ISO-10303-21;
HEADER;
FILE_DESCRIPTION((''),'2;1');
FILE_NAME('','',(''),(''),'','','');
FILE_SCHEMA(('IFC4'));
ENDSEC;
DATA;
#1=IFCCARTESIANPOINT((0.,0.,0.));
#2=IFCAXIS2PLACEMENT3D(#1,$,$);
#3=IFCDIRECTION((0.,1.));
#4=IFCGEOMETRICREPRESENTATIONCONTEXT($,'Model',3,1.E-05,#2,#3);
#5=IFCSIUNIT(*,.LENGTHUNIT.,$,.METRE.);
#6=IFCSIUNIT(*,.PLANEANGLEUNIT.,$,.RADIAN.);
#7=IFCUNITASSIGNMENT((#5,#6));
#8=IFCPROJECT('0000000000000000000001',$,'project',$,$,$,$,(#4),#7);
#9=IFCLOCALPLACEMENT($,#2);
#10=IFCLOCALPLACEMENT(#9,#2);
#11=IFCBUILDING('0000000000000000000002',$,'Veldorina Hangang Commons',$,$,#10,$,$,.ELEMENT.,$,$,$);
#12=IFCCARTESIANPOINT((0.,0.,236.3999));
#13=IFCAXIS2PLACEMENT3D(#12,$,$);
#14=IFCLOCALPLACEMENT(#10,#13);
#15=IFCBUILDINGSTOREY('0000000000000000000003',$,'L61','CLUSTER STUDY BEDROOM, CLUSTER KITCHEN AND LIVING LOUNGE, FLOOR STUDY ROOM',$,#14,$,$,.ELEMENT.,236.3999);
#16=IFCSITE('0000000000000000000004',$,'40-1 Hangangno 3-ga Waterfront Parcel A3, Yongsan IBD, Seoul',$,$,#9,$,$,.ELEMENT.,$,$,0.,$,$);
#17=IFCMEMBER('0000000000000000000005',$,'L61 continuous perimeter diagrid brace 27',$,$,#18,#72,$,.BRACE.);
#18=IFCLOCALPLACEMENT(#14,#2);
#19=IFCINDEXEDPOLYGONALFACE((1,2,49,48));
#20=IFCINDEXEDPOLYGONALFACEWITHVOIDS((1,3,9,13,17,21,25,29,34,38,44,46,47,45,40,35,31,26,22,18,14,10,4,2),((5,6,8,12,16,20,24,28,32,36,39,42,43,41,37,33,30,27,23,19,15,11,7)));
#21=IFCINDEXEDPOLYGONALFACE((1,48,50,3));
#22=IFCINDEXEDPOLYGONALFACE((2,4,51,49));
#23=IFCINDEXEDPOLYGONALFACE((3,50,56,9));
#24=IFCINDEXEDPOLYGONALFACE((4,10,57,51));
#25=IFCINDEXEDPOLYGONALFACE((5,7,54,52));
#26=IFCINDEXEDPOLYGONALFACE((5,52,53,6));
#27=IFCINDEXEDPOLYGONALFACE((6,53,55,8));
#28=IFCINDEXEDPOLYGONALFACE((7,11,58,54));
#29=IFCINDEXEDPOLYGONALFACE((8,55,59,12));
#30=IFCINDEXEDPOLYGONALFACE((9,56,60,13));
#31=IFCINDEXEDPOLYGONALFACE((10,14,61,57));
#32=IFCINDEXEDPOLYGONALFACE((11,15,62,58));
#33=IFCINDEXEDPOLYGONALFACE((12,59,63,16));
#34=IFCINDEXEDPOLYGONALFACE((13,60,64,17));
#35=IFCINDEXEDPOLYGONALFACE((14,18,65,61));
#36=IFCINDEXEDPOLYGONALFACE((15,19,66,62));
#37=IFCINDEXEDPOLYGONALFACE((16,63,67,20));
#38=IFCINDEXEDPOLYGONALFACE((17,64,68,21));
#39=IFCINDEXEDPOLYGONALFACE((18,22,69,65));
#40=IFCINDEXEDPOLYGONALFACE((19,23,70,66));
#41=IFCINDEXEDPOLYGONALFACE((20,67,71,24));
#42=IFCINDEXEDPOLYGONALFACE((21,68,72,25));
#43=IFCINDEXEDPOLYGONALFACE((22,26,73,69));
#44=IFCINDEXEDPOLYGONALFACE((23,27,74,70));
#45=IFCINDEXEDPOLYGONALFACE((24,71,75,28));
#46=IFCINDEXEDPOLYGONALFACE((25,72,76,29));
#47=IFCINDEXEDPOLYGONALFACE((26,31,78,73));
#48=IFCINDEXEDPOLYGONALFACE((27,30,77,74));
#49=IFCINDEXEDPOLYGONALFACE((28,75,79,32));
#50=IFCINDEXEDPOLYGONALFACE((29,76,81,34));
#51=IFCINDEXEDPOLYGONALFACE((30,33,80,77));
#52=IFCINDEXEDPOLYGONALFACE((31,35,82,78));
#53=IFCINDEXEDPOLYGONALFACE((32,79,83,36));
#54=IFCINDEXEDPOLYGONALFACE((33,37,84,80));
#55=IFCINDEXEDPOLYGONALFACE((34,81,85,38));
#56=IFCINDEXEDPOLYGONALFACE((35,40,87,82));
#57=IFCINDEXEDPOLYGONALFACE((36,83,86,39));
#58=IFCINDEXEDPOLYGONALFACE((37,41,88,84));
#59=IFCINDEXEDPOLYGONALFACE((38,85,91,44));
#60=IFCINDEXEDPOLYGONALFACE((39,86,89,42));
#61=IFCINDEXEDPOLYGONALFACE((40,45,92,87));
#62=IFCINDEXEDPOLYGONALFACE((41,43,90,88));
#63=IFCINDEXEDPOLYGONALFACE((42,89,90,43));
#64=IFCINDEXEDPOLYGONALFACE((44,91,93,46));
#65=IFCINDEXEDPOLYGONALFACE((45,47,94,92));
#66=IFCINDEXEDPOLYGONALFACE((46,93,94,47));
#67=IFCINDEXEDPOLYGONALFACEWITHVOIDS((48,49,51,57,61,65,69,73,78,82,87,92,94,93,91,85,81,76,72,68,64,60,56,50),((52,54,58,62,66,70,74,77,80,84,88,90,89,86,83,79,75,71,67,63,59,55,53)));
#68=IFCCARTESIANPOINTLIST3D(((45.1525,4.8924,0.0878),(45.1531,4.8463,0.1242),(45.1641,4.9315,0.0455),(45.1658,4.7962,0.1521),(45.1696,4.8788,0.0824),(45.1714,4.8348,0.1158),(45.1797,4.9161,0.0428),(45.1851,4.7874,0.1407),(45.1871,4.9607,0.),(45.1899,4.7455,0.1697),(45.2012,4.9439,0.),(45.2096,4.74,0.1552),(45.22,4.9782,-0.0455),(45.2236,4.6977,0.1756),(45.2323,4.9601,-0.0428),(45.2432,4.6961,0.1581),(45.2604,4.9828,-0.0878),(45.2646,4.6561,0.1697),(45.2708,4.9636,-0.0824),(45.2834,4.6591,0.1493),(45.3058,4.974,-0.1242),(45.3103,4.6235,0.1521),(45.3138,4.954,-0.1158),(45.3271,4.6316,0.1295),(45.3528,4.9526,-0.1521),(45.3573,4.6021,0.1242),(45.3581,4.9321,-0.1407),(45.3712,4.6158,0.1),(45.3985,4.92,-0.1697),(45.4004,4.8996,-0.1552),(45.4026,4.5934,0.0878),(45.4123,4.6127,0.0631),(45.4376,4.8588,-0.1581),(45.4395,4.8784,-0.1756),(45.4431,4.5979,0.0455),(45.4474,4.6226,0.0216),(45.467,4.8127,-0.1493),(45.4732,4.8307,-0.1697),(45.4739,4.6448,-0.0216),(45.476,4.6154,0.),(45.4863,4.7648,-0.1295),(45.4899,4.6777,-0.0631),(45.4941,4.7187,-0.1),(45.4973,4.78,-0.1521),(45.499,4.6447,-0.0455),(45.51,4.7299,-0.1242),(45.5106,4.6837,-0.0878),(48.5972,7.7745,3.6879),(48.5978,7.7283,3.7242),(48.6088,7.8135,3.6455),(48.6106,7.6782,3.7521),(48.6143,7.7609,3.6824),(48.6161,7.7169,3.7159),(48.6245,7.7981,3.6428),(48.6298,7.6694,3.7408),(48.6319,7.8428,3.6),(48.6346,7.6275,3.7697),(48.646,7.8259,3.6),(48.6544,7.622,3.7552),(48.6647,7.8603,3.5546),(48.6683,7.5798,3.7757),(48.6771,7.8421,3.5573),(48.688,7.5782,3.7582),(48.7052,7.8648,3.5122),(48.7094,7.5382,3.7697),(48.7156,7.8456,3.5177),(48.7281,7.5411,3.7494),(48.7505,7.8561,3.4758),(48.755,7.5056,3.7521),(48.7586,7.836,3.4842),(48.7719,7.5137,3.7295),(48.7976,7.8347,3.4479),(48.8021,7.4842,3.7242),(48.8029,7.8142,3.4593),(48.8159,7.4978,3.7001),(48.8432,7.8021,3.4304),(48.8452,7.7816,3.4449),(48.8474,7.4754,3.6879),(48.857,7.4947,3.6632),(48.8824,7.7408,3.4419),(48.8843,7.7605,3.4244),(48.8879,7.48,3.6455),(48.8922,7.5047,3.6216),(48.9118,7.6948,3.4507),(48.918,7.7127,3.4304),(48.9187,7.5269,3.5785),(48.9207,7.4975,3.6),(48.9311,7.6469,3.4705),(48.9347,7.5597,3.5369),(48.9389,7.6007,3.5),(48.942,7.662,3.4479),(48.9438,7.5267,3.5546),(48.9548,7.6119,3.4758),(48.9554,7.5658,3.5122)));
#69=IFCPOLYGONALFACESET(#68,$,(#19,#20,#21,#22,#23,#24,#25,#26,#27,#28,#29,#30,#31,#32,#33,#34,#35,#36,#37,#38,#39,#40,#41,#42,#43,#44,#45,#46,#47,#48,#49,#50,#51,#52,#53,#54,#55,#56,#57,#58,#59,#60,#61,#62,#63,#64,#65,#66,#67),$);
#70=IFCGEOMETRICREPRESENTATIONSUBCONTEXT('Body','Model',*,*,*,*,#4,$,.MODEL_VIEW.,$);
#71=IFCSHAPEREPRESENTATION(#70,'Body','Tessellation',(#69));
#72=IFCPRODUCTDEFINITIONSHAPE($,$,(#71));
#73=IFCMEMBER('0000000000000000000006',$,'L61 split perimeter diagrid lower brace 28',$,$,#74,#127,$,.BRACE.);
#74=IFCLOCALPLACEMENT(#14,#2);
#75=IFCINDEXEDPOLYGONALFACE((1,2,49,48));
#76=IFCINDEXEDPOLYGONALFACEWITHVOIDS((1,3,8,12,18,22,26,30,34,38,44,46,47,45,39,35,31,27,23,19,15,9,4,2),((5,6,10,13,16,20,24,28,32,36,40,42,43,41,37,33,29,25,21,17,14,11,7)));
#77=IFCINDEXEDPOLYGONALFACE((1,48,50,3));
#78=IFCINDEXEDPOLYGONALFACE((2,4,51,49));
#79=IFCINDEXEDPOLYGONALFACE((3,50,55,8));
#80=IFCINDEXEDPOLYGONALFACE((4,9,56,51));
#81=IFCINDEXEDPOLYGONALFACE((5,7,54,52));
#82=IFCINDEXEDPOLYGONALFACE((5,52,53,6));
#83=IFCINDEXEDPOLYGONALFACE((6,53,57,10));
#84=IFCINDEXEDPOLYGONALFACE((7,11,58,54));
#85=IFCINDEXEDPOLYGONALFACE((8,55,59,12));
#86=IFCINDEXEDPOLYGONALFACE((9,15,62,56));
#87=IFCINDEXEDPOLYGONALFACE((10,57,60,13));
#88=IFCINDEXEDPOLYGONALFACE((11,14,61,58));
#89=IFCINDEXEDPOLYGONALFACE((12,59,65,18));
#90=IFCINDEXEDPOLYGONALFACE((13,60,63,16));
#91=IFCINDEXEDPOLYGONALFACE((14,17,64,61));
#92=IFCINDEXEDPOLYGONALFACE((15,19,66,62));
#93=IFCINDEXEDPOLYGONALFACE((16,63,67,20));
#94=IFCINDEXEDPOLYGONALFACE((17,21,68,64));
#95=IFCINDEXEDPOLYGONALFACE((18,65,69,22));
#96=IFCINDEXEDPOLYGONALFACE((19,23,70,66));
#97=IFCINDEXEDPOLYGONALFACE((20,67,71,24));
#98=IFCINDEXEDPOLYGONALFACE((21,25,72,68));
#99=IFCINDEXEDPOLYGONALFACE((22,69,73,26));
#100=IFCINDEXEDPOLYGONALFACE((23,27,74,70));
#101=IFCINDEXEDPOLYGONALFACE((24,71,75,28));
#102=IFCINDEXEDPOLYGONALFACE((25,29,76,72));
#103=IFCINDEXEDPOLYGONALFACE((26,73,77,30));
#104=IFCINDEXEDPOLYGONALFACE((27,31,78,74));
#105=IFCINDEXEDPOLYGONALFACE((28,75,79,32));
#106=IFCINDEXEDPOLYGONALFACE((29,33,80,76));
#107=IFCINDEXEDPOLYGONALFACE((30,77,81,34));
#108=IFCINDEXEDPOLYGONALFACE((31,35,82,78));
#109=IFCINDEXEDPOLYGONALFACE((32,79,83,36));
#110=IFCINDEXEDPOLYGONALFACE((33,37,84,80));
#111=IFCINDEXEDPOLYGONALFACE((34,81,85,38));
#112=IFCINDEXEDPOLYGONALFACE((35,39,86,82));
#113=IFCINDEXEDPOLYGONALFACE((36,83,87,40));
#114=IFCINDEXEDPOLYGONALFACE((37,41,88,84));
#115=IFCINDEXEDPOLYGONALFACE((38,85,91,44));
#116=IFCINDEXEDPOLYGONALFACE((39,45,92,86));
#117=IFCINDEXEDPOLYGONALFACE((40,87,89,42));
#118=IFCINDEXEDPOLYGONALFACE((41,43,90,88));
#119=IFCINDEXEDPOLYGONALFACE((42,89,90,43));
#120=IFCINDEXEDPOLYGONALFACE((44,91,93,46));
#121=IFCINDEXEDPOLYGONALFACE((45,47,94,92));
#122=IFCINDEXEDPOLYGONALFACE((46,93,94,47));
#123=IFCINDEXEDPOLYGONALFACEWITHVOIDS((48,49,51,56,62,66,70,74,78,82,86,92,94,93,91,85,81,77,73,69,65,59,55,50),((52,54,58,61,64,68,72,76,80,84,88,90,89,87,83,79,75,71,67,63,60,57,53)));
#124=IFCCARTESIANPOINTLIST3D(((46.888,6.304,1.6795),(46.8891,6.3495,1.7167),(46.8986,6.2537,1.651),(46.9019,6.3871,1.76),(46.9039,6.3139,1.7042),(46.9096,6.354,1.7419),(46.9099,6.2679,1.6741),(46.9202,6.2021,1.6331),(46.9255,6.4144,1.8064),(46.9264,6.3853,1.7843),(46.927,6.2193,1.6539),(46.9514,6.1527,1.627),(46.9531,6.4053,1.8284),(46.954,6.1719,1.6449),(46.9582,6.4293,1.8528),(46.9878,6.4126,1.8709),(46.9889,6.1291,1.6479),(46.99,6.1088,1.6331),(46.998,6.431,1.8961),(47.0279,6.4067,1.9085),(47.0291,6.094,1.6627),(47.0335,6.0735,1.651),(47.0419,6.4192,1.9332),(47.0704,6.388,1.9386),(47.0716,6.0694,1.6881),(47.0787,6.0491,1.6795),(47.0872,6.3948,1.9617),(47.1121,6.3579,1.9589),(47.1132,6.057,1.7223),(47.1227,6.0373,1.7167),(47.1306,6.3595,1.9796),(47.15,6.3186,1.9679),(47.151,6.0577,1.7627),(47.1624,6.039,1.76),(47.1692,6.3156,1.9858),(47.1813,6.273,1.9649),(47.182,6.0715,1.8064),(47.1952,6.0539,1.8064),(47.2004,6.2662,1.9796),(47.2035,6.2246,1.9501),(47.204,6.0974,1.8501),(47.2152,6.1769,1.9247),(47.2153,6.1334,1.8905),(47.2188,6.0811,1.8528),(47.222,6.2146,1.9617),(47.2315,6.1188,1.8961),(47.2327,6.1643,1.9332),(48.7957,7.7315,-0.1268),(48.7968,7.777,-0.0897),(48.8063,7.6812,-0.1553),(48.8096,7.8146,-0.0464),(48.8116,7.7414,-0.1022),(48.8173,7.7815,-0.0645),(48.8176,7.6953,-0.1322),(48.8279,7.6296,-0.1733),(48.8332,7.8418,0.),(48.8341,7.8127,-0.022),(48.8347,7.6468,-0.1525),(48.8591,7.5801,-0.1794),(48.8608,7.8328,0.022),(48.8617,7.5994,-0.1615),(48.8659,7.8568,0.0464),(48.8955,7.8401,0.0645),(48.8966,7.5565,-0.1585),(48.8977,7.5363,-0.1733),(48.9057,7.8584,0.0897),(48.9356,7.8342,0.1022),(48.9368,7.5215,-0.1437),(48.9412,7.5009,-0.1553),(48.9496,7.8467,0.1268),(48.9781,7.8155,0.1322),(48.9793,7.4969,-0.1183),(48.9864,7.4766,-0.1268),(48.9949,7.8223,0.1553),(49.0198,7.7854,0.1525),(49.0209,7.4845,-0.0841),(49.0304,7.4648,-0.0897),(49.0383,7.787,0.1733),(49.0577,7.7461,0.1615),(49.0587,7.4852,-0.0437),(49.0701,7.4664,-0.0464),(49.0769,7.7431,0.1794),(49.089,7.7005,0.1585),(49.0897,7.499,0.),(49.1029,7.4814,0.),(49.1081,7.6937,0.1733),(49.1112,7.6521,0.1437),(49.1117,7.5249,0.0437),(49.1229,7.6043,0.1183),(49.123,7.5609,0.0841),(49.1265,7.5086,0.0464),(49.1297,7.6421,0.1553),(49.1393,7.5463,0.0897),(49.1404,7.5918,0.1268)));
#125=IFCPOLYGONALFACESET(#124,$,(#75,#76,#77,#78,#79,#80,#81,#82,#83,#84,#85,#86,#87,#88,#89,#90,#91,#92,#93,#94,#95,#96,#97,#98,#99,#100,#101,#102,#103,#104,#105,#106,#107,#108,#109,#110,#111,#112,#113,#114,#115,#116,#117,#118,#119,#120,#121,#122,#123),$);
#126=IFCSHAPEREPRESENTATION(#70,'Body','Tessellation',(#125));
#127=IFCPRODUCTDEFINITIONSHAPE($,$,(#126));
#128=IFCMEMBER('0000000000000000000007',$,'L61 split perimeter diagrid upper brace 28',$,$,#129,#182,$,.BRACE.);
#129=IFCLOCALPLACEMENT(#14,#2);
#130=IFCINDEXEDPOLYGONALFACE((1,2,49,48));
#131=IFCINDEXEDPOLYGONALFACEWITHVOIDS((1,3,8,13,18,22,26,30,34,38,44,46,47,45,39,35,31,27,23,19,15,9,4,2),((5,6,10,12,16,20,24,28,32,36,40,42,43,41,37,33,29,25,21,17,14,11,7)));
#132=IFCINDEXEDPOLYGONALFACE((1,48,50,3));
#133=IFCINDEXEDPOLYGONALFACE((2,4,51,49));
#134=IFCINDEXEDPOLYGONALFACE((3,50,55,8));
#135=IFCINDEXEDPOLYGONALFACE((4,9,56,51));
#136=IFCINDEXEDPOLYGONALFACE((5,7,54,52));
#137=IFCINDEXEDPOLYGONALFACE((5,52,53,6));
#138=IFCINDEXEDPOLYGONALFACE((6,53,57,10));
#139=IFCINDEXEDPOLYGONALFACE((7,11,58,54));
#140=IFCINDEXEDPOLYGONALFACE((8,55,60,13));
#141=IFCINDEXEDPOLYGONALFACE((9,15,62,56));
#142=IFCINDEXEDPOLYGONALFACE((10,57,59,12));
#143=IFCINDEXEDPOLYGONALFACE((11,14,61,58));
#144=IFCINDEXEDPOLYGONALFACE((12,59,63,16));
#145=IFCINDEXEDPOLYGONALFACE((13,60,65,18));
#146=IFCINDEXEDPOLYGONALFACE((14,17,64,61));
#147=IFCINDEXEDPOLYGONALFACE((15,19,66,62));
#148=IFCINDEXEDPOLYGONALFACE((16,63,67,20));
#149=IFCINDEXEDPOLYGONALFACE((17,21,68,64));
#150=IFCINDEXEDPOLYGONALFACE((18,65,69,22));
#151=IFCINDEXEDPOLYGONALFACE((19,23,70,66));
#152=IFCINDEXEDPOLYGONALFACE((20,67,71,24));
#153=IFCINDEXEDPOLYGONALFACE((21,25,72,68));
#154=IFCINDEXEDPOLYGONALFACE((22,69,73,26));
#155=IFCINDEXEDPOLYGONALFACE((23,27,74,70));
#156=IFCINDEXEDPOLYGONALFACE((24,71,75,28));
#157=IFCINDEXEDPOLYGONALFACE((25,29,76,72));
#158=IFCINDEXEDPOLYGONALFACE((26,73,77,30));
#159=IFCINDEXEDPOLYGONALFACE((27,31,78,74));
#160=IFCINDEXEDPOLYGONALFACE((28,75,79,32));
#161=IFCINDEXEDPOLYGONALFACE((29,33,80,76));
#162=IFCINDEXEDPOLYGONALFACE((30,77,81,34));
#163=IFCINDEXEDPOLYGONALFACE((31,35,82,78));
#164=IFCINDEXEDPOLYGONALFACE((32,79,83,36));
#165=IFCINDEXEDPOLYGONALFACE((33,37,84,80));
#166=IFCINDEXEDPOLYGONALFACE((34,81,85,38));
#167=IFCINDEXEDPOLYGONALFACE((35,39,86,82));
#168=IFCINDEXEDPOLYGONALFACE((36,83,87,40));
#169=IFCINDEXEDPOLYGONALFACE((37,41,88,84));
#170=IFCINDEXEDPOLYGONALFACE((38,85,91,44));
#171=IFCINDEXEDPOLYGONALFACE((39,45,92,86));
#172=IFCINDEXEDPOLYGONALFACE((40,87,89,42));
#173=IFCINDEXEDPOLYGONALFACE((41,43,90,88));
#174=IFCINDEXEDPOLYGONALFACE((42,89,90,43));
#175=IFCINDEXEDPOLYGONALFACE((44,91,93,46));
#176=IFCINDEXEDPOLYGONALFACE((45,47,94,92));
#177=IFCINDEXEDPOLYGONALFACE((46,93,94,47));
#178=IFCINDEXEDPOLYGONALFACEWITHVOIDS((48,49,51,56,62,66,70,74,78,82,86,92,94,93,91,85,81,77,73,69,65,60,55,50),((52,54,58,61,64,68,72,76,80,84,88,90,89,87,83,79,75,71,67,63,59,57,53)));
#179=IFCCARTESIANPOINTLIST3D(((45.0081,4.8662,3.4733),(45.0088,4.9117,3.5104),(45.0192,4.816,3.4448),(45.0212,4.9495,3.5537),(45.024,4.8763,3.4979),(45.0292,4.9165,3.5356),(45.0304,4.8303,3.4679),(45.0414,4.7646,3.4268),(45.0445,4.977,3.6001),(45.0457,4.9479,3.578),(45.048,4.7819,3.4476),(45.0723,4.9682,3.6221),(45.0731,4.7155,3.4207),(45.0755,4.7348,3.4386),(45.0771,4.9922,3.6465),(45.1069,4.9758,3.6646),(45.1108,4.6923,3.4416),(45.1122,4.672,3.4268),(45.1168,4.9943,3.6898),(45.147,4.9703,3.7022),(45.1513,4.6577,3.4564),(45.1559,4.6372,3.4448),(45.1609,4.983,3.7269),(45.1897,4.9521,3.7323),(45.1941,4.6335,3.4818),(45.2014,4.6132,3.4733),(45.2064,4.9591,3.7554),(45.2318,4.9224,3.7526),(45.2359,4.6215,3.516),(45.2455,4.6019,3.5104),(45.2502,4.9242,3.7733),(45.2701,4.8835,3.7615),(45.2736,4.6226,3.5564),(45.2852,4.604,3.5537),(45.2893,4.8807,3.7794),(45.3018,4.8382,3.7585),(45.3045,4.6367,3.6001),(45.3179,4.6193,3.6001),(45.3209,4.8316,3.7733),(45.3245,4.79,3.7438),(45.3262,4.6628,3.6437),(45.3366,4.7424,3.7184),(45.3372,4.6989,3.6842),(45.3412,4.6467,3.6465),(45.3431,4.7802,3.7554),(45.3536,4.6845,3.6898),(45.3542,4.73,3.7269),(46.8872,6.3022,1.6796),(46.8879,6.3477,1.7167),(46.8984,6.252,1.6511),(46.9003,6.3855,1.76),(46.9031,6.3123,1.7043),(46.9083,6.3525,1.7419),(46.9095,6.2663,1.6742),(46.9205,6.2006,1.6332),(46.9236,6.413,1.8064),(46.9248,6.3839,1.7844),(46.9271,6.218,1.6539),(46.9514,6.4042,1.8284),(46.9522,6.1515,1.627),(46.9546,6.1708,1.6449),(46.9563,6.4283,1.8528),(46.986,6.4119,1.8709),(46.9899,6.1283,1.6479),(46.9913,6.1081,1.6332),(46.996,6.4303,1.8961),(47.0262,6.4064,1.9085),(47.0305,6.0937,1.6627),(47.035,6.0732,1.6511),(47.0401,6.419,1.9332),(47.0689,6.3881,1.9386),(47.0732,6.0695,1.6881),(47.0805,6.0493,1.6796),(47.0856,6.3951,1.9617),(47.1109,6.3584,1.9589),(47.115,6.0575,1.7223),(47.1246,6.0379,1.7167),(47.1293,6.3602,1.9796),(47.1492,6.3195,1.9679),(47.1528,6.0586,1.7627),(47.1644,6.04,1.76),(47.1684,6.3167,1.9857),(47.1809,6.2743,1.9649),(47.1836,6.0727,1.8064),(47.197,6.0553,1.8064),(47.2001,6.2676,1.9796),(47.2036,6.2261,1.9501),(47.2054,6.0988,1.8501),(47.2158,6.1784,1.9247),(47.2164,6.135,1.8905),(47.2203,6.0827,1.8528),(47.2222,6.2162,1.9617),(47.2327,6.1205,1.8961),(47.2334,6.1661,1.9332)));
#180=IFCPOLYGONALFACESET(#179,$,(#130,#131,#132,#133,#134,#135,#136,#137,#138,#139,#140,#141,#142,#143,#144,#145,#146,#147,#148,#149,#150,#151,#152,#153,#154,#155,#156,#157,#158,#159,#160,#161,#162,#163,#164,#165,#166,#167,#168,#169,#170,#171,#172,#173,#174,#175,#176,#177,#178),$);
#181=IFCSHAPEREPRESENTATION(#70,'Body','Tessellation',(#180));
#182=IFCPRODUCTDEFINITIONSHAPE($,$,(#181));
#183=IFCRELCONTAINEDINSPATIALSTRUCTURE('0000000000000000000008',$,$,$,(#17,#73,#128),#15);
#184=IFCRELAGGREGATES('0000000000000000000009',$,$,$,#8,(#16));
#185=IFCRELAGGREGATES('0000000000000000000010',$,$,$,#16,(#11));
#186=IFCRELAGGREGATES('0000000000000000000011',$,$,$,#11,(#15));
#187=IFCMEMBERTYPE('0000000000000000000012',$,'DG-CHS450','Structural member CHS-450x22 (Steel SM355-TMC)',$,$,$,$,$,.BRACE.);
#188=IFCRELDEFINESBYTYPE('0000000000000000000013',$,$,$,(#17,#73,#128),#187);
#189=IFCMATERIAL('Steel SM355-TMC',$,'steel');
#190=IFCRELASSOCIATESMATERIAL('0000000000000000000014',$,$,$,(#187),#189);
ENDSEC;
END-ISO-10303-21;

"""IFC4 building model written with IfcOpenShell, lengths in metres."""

from ifc_helpers import new_model, si_unit, direction, frame, origin, origin_2d, place, context, subcontext, project, spatial, hollow_circle, extrude, material, material_profile, profile_set, type_object, element, save


model = new_model("IFC4")

# Units and contexts
model_context = context("Model", 3, precision=1e-05, world=origin(), true_north=direction((0.0, 1.0)))
body_context = subcontext(model_context, "Body", "Model", "MODEL_VIEW")
ifc_project = project(units=[si_unit("LENGTHUNIT", "METRE"), si_unit("PLANEANGLEUNIT", "RADIAN")], contexts=[model_context])

# Site, building, storey
site_placement = place(None, origin())
site = spatial("IfcSite", under=ifc_project, at=site_placement, Name="40-1 Hangangno 3-ga Waterfront Parcel A3, Yongsan IBD, Seoul", CompositionType="ELEMENT", RefElevation=0.0)
building_placement = place(site_placement, origin())
building = spatial("IfcBuilding", under=site, at=building_placement, Name="Veldorina Hangang Commons", CompositionType="ELEMENT")
storey_placement = place(building_placement, frame((0.0, 0.0, 236.3999)))
storey = spatial("IfcBuildingStorey", under=building, at=storey_placement, Name="L61", Description="CLUSTER STUDY BEDROOM, CLUSTER KITCHEN AND LIVING LOUNGE, FLOOR STUDY ROOM", CompositionType="ELEMENT", Elevation=236.3999)

# Shared definitions
ifc_material_1 = material(Name="Steel SM355-TMC", Category="steel")

# Members
ifc_material_profile_1 = material_profile(ifc_material_1, hollow_circle(Radius=0.2251, WallThickness=0.022, at=origin_2d()), Name="CHS-450x22")
ifc_profile_set_1 = profile_set([ifc_material_profile_1], Name="Steel SM355-TMC")
member_type_1 = type_object("IfcMemberType", Name="DG-CHS450", Description="Structural member CHS-450x22 (Steel SM355-TMC)", PredefinedType="BRACE", material=ifc_profile_set_1)
member_1_placement = place(storey_placement, frame((45.3315, 4.7881, 0.0), z_axis=(0.598454, 0.500691, 0.625429), x_axis=(-0.64168, 0.766972, 0.0)))
element("IfcMember", 1, at=member_1_placement, inside=storey, type_object=member_type_1, Name="L61 continuous perimeter diagrid brace 27", PredefinedType="BRACE", context=body_context, shape_type="SweptSolid", body=[
    extrude(hollow_circle(Radius=0.2251, WallThickness=0.022, at=origin_2d()), origin(), (0.0, 0.0, 1.0), 5.7561),
])
member_2_placement = place(storey_placement, frame((48.968, 7.6616, 0.0), z_axis=(-0.638029, -0.47742, 0.604144), x_axis=(0.599114, -0.800663, 0.0)))
element("IfcMember", 2, at=member_2_placement, inside=storey, type_object=member_type_1, Name="L61 split perimeter diagrid lower brace 28", PredefinedType="BRACE", context=body_context, shape_type="SweptSolid", body=[
    extrude(hollow_circle(Radius=0.2251, WallThickness=0.022, at=origin_2d()), origin(), (0.0, 0.0, 1.0), 2.99),
])
member_3_placement = place(storey_placement, frame((47.0603, 6.2341, 1.8064), z_axis=(-0.633074, -0.483791, 0.604287), x_axis=(0.607193, -0.794554, 0.0)))
element("IfcMember", 3, at=member_3_placement, inside=storey, type_object=member_type_1, Name="L61 split perimeter diagrid upper brace 28", PredefinedType="BRACE", context=body_context, shape_type="SweptSolid", body=[
    extrude(hollow_circle(Radius=0.2251, WallThickness=0.022, at=origin_2d()), origin(), (0.0, 0.0, 1.0), 2.9683),
])

save(model, "model.ifc")
